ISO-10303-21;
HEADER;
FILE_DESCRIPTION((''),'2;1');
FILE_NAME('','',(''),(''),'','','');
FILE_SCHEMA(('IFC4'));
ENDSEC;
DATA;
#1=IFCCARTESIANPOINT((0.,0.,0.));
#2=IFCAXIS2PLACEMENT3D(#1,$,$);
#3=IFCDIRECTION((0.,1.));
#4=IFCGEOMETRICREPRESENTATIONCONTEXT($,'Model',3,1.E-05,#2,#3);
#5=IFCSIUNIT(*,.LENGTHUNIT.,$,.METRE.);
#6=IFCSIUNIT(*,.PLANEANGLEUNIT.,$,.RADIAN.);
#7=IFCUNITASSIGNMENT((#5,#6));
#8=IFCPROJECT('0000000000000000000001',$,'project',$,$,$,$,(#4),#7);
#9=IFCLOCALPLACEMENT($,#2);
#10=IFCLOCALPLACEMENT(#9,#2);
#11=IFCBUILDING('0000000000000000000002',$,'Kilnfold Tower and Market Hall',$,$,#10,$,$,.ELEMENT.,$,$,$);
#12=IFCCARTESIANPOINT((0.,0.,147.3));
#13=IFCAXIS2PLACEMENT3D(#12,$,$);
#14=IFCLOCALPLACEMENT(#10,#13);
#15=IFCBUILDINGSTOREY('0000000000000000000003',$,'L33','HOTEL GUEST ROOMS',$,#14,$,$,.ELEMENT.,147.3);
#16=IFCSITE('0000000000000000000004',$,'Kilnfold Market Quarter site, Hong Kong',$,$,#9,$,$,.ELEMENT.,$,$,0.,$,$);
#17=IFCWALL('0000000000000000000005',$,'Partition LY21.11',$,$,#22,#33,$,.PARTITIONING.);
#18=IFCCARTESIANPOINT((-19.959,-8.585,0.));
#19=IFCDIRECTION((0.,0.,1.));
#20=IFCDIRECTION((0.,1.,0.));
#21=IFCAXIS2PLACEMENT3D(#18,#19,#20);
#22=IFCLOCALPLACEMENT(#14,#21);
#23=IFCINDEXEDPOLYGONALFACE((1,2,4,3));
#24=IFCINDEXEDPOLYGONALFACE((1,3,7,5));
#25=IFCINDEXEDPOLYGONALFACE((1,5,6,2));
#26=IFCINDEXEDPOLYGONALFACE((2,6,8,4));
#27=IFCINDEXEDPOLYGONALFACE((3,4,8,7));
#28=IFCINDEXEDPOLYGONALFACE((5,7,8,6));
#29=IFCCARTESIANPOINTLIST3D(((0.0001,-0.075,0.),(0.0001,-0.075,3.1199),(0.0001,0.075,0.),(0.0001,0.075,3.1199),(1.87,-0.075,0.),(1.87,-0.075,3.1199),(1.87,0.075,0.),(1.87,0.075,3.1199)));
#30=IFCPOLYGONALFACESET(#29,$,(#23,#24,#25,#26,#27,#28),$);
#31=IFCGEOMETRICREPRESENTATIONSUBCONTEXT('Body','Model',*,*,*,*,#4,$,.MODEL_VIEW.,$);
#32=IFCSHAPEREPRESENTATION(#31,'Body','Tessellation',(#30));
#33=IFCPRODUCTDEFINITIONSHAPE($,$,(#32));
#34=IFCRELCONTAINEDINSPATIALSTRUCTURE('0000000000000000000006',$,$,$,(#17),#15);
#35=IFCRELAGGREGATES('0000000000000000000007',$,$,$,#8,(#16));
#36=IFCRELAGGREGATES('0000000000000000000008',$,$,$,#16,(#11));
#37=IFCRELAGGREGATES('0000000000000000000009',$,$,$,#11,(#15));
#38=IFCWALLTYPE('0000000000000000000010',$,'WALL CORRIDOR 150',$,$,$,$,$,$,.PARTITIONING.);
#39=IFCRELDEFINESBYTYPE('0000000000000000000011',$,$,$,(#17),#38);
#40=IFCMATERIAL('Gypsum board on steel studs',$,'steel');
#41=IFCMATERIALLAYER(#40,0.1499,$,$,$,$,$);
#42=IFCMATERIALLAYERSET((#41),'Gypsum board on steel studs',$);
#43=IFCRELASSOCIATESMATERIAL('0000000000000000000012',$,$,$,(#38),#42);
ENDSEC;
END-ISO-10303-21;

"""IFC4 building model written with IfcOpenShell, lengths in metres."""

from ifc_helpers import new_model, si_unit, direction, frame, frame_2d, origin, place, context, subcontext, project, spatial, rectangle, extrude, material, layer, layer_set, type_object, element, save


model = new_model("IFC4")

# Units and contexts
model_context = context("Model", 3, precision=1e-05, world=origin(), true_north=direction((0.0, 1.0)))
body_context = subcontext(model_context, "Body", "Model", "MODEL_VIEW")
ifc_project = project(units=[si_unit("LENGTHUNIT", "METRE"), si_unit("PLANEANGLEUNIT", "RADIAN")], contexts=[model_context])

# Site, building, storey
site_placement = place(None, origin())
site = spatial("IfcSite", under=ifc_project, at=site_placement, Name="Kilnfold Market Quarter site, Hong Kong", CompositionType="ELEMENT", RefElevation=0.0)
building_placement = place(site_placement, origin())
building = spatial("IfcBuilding", under=site, at=building_placement, Name="Kilnfold Tower and Market Hall", CompositionType="ELEMENT")
storey_placement = place(building_placement, frame((0.0, 0.0, 147.3)))
storey = spatial("IfcBuildingStorey", under=building, at=storey_placement, Name="L33", Description="HOTEL GUEST ROOMS", CompositionType="ELEMENT", Elevation=147.3)

# Shared definitions
ifc_material_1 = material(Name="Gypsum board on steel studs", Category="steel")
ifc_layer_1 = layer(ifc_material_1, 0.1499)
ifc_layer_set_1 = layer_set([ifc_layer_1], Name="Gypsum board on steel studs")
wall_type_1 = type_object("IfcWallType", Name="WALL CORRIDOR 150", PredefinedType="PARTITIONING", material=ifc_layer_set_1)

# Wall
wall_1_placement = place(storey_placement, frame((-19.959, -8.585, 0.0), z_axis=(0.0, 0.0, 1.0), x_axis=(0.0, 1.0, 0.0)))
element("IfcWall", 1, at=wall_1_placement, inside=storey, type_object=wall_type_1, Name="Partition LY21.11", PredefinedType="PARTITIONING", context=body_context, shape_type="SweptSolid", body=[
    extrude(rectangle(XDim=1.8699, YDim=0.1499, at=frame_2d((0.9351, 0.0))), origin(), (0.0, 0.0, 1.0), 3.1199),
])

save(model, "model.ifc")
